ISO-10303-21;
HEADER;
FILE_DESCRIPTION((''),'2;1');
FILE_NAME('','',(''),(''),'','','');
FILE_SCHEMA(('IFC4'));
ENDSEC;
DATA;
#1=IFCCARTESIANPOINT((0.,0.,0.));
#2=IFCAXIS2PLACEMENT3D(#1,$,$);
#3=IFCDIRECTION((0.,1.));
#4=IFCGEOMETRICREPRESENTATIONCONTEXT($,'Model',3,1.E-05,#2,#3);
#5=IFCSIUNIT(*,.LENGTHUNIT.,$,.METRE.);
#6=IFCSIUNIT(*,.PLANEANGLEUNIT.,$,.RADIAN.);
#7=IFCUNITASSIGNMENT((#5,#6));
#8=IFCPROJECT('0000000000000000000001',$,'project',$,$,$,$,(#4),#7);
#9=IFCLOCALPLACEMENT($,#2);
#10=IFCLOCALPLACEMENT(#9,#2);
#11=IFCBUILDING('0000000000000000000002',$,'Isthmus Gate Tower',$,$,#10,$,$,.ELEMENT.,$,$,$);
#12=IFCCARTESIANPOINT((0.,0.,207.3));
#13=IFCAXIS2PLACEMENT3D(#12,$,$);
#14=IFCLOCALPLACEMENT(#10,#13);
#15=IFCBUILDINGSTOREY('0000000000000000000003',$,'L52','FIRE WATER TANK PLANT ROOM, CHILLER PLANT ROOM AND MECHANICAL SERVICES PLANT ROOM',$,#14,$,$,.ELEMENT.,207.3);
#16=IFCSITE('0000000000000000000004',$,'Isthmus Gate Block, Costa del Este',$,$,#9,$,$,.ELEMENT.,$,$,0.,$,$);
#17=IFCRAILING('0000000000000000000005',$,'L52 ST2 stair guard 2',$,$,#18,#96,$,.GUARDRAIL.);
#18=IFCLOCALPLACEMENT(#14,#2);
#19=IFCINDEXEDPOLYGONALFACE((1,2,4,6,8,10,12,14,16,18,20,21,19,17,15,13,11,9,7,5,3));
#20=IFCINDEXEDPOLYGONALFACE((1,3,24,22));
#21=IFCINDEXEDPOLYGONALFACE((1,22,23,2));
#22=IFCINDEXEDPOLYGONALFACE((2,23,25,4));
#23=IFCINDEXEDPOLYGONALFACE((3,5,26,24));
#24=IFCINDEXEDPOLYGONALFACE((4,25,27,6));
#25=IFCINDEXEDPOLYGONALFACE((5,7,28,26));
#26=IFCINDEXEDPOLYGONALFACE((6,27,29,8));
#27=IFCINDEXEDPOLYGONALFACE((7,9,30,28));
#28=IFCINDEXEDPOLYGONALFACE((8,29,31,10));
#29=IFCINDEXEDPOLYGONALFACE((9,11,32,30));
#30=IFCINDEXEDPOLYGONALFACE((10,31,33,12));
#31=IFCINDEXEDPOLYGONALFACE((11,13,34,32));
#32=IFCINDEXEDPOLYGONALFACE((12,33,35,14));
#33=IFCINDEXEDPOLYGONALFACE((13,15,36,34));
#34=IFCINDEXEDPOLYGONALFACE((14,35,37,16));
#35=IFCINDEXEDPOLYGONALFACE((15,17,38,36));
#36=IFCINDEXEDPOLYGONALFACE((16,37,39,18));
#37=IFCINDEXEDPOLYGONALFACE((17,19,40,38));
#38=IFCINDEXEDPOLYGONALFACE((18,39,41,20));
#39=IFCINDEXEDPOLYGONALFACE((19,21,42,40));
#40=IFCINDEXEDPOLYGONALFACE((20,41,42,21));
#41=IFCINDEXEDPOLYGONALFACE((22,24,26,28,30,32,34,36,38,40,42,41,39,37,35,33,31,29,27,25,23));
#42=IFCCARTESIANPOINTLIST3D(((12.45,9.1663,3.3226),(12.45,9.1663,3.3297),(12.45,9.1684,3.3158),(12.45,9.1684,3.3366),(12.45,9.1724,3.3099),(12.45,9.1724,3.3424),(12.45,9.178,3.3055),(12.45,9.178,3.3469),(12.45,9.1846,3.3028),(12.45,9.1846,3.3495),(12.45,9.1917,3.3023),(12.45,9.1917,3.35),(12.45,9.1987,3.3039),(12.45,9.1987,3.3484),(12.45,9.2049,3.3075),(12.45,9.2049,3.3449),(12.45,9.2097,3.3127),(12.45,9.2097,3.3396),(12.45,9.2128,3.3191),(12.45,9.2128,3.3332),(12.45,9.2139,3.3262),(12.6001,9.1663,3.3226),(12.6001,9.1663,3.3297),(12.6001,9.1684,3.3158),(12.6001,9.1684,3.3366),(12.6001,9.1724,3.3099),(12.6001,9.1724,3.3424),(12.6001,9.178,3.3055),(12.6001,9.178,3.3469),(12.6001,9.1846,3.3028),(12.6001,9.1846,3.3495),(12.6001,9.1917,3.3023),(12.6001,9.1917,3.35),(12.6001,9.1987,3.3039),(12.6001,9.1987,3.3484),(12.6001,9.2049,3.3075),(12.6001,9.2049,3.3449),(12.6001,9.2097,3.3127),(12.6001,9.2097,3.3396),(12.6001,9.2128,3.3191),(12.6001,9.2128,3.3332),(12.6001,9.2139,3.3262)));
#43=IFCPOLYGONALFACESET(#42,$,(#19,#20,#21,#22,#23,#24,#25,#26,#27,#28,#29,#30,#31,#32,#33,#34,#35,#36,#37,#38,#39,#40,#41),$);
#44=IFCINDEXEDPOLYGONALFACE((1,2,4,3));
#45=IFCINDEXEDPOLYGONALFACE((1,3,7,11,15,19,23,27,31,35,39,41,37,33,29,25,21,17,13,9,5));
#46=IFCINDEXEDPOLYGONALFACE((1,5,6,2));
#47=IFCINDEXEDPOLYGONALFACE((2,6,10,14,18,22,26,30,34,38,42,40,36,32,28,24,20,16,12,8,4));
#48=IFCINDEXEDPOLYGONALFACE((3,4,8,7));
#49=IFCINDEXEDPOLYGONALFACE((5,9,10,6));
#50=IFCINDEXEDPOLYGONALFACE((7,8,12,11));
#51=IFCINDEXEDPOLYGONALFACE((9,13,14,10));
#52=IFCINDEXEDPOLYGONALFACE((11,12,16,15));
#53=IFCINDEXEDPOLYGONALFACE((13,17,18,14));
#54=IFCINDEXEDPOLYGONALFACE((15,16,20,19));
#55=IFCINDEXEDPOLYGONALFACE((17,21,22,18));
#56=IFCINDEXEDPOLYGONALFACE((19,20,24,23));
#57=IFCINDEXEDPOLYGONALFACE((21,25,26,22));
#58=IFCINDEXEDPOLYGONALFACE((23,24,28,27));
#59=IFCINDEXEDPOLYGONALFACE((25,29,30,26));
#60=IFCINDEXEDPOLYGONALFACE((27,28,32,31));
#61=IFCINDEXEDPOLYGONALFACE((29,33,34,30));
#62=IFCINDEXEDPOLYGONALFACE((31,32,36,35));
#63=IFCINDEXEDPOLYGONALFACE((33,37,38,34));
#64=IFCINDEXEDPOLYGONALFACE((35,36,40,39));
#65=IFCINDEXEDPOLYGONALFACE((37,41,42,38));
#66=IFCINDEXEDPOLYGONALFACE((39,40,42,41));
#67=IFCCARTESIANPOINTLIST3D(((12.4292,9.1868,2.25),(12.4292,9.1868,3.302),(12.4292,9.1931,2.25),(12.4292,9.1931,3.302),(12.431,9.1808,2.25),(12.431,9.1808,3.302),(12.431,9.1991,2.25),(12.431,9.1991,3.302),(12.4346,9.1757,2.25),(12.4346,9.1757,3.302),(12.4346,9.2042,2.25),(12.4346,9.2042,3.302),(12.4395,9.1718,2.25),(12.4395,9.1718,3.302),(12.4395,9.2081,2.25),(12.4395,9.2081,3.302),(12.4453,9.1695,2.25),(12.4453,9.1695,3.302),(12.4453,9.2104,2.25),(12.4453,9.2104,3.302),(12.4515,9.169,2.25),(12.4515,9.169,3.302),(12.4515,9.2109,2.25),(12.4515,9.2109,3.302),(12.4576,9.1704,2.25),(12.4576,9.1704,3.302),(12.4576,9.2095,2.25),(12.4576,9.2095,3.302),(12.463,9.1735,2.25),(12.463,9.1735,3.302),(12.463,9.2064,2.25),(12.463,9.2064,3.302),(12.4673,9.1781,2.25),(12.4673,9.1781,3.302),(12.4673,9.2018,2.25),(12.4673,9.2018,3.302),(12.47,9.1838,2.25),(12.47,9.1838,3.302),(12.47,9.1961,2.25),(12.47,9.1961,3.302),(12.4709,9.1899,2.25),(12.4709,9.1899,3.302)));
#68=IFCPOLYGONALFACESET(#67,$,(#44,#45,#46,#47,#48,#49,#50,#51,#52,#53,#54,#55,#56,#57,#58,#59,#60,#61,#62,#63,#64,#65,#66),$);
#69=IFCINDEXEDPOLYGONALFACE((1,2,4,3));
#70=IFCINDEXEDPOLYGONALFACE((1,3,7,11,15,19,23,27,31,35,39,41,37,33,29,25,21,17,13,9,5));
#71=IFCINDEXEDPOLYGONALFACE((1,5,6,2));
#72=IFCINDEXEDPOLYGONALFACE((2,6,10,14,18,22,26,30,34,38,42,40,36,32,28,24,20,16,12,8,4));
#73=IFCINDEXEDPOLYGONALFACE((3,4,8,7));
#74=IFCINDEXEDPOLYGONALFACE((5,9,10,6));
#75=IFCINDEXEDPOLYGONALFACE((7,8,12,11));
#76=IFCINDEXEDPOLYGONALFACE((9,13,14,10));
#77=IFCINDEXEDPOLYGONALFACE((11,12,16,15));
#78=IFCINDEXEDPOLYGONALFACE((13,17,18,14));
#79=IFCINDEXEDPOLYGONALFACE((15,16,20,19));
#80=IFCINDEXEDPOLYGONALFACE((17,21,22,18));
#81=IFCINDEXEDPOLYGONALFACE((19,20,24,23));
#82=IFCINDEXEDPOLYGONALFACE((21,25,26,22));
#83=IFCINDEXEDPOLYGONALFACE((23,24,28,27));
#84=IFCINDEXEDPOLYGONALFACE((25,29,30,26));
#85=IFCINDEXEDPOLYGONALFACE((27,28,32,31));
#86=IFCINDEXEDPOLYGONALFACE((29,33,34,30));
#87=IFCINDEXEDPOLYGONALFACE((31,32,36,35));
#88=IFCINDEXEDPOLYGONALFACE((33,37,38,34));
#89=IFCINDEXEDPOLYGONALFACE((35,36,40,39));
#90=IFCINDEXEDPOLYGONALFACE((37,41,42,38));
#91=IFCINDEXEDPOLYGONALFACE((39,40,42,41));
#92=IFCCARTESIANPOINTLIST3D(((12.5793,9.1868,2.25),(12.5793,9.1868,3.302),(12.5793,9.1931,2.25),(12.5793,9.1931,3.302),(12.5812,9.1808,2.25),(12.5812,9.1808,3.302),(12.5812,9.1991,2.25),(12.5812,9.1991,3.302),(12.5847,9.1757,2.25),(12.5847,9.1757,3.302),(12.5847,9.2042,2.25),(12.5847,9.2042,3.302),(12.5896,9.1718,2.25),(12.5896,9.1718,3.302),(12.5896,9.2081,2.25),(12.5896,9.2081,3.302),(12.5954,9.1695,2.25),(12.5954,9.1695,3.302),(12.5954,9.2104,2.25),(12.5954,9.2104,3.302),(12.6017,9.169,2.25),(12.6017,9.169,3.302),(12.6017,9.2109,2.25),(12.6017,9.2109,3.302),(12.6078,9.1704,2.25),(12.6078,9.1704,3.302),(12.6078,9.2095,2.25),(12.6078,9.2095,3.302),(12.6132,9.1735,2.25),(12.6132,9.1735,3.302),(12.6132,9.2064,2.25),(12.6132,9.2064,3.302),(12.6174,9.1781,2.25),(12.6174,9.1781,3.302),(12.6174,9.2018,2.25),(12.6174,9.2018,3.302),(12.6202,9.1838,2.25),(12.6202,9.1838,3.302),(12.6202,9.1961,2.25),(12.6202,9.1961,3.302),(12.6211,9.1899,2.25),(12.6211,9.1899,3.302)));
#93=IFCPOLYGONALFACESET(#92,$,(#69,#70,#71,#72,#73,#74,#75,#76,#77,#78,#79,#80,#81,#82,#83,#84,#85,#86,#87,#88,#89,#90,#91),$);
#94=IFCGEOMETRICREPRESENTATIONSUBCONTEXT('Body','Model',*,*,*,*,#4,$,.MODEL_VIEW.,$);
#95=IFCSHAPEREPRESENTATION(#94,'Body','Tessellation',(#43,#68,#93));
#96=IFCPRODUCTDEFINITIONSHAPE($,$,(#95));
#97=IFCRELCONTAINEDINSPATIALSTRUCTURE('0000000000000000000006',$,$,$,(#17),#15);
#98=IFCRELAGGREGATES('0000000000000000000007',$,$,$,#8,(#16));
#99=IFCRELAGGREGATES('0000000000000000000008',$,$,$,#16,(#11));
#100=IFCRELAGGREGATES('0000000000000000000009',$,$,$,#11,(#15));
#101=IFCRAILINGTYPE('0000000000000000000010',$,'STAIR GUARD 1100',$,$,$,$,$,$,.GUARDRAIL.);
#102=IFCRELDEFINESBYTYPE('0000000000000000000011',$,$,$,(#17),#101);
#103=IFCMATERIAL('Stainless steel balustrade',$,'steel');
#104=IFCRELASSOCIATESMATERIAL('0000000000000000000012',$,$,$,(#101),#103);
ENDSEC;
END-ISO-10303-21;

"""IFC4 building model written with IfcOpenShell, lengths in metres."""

from ifc_helpers import new_model, si_unit, direction, frame, origin, origin_2d, place, context, subcontext, project, spatial, circle, extrude, material, type_object, element, save


model = new_model("IFC4")

# Units and contexts
model_context = context("Model", 3, precision=1e-05, world=origin(), true_north=direction((0.0, 1.0)))
body_context = subcontext(model_context, "Body", "Model", "MODEL_VIEW")
ifc_project = project(units=[si_unit("LENGTHUNIT", "METRE"), si_unit("PLANEANGLEUNIT", "RADIAN")], contexts=[model_context])

# Site, building, storey
site_placement = place(None, origin())
site = spatial("IfcSite", under=ifc_project, at=site_placement, Name="Isthmus Gate Block, Costa del Este", CompositionType="ELEMENT", RefElevation=0.0)
building_placement = place(site_placement, origin())
building = spatial("IfcBuilding", under=site, at=building_placement, Name="Isthmus Gate Tower", CompositionType="ELEMENT")
storey_placement = place(building_placement, frame((0.0, 0.0, 207.3)))
storey = spatial("IfcBuildingStorey", under=building, at=storey_placement, Name="L52", Description="FIRE WATER TANK PLANT ROOM, CHILLER PLANT ROOM AND MECHANICAL SERVICES PLANT ROOM", CompositionType="ELEMENT", Elevation=207.3)

# Railing
ifc_material_1 = material(Name="Stainless steel balustrade", Category="steel")
railing_type_1 = type_object("IfcRailingType", Name="STAIR GUARD 1100", PredefinedType="GUARDRAIL", material=ifc_material_1)
railing_1_placement = place(storey_placement, frame((12.45, 9.1899, 2.25)))
element("IfcRailing", 1, at=railing_1_placement, inside=storey, type_object=railing_type_1, Name="L52 ST2 stair guard 2", PredefinedType="GUARDRAIL", context=body_context, shape_type="SweptSolid", body=[
    extrude(circle(Radius=0.0239, at=origin_2d()), frame((0.0, 0.0, 1.0762), z_axis=(1.0, 0.0, 0.0), x_axis=(0.0, 1.0, 0.0)), (0.0, 0.0, 1.0), 0.1501),
    extrude(circle(Radius=0.021, at=origin_2d()), origin(), (0.0, 0.0, 1.0), 1.052),
    extrude(circle(Radius=0.021, at=origin_2d()), frame((0.1501, 0.0, 0.0)), (0.0, 0.0, 1.0), 1.052),
])

save(model, "model.ifc")
